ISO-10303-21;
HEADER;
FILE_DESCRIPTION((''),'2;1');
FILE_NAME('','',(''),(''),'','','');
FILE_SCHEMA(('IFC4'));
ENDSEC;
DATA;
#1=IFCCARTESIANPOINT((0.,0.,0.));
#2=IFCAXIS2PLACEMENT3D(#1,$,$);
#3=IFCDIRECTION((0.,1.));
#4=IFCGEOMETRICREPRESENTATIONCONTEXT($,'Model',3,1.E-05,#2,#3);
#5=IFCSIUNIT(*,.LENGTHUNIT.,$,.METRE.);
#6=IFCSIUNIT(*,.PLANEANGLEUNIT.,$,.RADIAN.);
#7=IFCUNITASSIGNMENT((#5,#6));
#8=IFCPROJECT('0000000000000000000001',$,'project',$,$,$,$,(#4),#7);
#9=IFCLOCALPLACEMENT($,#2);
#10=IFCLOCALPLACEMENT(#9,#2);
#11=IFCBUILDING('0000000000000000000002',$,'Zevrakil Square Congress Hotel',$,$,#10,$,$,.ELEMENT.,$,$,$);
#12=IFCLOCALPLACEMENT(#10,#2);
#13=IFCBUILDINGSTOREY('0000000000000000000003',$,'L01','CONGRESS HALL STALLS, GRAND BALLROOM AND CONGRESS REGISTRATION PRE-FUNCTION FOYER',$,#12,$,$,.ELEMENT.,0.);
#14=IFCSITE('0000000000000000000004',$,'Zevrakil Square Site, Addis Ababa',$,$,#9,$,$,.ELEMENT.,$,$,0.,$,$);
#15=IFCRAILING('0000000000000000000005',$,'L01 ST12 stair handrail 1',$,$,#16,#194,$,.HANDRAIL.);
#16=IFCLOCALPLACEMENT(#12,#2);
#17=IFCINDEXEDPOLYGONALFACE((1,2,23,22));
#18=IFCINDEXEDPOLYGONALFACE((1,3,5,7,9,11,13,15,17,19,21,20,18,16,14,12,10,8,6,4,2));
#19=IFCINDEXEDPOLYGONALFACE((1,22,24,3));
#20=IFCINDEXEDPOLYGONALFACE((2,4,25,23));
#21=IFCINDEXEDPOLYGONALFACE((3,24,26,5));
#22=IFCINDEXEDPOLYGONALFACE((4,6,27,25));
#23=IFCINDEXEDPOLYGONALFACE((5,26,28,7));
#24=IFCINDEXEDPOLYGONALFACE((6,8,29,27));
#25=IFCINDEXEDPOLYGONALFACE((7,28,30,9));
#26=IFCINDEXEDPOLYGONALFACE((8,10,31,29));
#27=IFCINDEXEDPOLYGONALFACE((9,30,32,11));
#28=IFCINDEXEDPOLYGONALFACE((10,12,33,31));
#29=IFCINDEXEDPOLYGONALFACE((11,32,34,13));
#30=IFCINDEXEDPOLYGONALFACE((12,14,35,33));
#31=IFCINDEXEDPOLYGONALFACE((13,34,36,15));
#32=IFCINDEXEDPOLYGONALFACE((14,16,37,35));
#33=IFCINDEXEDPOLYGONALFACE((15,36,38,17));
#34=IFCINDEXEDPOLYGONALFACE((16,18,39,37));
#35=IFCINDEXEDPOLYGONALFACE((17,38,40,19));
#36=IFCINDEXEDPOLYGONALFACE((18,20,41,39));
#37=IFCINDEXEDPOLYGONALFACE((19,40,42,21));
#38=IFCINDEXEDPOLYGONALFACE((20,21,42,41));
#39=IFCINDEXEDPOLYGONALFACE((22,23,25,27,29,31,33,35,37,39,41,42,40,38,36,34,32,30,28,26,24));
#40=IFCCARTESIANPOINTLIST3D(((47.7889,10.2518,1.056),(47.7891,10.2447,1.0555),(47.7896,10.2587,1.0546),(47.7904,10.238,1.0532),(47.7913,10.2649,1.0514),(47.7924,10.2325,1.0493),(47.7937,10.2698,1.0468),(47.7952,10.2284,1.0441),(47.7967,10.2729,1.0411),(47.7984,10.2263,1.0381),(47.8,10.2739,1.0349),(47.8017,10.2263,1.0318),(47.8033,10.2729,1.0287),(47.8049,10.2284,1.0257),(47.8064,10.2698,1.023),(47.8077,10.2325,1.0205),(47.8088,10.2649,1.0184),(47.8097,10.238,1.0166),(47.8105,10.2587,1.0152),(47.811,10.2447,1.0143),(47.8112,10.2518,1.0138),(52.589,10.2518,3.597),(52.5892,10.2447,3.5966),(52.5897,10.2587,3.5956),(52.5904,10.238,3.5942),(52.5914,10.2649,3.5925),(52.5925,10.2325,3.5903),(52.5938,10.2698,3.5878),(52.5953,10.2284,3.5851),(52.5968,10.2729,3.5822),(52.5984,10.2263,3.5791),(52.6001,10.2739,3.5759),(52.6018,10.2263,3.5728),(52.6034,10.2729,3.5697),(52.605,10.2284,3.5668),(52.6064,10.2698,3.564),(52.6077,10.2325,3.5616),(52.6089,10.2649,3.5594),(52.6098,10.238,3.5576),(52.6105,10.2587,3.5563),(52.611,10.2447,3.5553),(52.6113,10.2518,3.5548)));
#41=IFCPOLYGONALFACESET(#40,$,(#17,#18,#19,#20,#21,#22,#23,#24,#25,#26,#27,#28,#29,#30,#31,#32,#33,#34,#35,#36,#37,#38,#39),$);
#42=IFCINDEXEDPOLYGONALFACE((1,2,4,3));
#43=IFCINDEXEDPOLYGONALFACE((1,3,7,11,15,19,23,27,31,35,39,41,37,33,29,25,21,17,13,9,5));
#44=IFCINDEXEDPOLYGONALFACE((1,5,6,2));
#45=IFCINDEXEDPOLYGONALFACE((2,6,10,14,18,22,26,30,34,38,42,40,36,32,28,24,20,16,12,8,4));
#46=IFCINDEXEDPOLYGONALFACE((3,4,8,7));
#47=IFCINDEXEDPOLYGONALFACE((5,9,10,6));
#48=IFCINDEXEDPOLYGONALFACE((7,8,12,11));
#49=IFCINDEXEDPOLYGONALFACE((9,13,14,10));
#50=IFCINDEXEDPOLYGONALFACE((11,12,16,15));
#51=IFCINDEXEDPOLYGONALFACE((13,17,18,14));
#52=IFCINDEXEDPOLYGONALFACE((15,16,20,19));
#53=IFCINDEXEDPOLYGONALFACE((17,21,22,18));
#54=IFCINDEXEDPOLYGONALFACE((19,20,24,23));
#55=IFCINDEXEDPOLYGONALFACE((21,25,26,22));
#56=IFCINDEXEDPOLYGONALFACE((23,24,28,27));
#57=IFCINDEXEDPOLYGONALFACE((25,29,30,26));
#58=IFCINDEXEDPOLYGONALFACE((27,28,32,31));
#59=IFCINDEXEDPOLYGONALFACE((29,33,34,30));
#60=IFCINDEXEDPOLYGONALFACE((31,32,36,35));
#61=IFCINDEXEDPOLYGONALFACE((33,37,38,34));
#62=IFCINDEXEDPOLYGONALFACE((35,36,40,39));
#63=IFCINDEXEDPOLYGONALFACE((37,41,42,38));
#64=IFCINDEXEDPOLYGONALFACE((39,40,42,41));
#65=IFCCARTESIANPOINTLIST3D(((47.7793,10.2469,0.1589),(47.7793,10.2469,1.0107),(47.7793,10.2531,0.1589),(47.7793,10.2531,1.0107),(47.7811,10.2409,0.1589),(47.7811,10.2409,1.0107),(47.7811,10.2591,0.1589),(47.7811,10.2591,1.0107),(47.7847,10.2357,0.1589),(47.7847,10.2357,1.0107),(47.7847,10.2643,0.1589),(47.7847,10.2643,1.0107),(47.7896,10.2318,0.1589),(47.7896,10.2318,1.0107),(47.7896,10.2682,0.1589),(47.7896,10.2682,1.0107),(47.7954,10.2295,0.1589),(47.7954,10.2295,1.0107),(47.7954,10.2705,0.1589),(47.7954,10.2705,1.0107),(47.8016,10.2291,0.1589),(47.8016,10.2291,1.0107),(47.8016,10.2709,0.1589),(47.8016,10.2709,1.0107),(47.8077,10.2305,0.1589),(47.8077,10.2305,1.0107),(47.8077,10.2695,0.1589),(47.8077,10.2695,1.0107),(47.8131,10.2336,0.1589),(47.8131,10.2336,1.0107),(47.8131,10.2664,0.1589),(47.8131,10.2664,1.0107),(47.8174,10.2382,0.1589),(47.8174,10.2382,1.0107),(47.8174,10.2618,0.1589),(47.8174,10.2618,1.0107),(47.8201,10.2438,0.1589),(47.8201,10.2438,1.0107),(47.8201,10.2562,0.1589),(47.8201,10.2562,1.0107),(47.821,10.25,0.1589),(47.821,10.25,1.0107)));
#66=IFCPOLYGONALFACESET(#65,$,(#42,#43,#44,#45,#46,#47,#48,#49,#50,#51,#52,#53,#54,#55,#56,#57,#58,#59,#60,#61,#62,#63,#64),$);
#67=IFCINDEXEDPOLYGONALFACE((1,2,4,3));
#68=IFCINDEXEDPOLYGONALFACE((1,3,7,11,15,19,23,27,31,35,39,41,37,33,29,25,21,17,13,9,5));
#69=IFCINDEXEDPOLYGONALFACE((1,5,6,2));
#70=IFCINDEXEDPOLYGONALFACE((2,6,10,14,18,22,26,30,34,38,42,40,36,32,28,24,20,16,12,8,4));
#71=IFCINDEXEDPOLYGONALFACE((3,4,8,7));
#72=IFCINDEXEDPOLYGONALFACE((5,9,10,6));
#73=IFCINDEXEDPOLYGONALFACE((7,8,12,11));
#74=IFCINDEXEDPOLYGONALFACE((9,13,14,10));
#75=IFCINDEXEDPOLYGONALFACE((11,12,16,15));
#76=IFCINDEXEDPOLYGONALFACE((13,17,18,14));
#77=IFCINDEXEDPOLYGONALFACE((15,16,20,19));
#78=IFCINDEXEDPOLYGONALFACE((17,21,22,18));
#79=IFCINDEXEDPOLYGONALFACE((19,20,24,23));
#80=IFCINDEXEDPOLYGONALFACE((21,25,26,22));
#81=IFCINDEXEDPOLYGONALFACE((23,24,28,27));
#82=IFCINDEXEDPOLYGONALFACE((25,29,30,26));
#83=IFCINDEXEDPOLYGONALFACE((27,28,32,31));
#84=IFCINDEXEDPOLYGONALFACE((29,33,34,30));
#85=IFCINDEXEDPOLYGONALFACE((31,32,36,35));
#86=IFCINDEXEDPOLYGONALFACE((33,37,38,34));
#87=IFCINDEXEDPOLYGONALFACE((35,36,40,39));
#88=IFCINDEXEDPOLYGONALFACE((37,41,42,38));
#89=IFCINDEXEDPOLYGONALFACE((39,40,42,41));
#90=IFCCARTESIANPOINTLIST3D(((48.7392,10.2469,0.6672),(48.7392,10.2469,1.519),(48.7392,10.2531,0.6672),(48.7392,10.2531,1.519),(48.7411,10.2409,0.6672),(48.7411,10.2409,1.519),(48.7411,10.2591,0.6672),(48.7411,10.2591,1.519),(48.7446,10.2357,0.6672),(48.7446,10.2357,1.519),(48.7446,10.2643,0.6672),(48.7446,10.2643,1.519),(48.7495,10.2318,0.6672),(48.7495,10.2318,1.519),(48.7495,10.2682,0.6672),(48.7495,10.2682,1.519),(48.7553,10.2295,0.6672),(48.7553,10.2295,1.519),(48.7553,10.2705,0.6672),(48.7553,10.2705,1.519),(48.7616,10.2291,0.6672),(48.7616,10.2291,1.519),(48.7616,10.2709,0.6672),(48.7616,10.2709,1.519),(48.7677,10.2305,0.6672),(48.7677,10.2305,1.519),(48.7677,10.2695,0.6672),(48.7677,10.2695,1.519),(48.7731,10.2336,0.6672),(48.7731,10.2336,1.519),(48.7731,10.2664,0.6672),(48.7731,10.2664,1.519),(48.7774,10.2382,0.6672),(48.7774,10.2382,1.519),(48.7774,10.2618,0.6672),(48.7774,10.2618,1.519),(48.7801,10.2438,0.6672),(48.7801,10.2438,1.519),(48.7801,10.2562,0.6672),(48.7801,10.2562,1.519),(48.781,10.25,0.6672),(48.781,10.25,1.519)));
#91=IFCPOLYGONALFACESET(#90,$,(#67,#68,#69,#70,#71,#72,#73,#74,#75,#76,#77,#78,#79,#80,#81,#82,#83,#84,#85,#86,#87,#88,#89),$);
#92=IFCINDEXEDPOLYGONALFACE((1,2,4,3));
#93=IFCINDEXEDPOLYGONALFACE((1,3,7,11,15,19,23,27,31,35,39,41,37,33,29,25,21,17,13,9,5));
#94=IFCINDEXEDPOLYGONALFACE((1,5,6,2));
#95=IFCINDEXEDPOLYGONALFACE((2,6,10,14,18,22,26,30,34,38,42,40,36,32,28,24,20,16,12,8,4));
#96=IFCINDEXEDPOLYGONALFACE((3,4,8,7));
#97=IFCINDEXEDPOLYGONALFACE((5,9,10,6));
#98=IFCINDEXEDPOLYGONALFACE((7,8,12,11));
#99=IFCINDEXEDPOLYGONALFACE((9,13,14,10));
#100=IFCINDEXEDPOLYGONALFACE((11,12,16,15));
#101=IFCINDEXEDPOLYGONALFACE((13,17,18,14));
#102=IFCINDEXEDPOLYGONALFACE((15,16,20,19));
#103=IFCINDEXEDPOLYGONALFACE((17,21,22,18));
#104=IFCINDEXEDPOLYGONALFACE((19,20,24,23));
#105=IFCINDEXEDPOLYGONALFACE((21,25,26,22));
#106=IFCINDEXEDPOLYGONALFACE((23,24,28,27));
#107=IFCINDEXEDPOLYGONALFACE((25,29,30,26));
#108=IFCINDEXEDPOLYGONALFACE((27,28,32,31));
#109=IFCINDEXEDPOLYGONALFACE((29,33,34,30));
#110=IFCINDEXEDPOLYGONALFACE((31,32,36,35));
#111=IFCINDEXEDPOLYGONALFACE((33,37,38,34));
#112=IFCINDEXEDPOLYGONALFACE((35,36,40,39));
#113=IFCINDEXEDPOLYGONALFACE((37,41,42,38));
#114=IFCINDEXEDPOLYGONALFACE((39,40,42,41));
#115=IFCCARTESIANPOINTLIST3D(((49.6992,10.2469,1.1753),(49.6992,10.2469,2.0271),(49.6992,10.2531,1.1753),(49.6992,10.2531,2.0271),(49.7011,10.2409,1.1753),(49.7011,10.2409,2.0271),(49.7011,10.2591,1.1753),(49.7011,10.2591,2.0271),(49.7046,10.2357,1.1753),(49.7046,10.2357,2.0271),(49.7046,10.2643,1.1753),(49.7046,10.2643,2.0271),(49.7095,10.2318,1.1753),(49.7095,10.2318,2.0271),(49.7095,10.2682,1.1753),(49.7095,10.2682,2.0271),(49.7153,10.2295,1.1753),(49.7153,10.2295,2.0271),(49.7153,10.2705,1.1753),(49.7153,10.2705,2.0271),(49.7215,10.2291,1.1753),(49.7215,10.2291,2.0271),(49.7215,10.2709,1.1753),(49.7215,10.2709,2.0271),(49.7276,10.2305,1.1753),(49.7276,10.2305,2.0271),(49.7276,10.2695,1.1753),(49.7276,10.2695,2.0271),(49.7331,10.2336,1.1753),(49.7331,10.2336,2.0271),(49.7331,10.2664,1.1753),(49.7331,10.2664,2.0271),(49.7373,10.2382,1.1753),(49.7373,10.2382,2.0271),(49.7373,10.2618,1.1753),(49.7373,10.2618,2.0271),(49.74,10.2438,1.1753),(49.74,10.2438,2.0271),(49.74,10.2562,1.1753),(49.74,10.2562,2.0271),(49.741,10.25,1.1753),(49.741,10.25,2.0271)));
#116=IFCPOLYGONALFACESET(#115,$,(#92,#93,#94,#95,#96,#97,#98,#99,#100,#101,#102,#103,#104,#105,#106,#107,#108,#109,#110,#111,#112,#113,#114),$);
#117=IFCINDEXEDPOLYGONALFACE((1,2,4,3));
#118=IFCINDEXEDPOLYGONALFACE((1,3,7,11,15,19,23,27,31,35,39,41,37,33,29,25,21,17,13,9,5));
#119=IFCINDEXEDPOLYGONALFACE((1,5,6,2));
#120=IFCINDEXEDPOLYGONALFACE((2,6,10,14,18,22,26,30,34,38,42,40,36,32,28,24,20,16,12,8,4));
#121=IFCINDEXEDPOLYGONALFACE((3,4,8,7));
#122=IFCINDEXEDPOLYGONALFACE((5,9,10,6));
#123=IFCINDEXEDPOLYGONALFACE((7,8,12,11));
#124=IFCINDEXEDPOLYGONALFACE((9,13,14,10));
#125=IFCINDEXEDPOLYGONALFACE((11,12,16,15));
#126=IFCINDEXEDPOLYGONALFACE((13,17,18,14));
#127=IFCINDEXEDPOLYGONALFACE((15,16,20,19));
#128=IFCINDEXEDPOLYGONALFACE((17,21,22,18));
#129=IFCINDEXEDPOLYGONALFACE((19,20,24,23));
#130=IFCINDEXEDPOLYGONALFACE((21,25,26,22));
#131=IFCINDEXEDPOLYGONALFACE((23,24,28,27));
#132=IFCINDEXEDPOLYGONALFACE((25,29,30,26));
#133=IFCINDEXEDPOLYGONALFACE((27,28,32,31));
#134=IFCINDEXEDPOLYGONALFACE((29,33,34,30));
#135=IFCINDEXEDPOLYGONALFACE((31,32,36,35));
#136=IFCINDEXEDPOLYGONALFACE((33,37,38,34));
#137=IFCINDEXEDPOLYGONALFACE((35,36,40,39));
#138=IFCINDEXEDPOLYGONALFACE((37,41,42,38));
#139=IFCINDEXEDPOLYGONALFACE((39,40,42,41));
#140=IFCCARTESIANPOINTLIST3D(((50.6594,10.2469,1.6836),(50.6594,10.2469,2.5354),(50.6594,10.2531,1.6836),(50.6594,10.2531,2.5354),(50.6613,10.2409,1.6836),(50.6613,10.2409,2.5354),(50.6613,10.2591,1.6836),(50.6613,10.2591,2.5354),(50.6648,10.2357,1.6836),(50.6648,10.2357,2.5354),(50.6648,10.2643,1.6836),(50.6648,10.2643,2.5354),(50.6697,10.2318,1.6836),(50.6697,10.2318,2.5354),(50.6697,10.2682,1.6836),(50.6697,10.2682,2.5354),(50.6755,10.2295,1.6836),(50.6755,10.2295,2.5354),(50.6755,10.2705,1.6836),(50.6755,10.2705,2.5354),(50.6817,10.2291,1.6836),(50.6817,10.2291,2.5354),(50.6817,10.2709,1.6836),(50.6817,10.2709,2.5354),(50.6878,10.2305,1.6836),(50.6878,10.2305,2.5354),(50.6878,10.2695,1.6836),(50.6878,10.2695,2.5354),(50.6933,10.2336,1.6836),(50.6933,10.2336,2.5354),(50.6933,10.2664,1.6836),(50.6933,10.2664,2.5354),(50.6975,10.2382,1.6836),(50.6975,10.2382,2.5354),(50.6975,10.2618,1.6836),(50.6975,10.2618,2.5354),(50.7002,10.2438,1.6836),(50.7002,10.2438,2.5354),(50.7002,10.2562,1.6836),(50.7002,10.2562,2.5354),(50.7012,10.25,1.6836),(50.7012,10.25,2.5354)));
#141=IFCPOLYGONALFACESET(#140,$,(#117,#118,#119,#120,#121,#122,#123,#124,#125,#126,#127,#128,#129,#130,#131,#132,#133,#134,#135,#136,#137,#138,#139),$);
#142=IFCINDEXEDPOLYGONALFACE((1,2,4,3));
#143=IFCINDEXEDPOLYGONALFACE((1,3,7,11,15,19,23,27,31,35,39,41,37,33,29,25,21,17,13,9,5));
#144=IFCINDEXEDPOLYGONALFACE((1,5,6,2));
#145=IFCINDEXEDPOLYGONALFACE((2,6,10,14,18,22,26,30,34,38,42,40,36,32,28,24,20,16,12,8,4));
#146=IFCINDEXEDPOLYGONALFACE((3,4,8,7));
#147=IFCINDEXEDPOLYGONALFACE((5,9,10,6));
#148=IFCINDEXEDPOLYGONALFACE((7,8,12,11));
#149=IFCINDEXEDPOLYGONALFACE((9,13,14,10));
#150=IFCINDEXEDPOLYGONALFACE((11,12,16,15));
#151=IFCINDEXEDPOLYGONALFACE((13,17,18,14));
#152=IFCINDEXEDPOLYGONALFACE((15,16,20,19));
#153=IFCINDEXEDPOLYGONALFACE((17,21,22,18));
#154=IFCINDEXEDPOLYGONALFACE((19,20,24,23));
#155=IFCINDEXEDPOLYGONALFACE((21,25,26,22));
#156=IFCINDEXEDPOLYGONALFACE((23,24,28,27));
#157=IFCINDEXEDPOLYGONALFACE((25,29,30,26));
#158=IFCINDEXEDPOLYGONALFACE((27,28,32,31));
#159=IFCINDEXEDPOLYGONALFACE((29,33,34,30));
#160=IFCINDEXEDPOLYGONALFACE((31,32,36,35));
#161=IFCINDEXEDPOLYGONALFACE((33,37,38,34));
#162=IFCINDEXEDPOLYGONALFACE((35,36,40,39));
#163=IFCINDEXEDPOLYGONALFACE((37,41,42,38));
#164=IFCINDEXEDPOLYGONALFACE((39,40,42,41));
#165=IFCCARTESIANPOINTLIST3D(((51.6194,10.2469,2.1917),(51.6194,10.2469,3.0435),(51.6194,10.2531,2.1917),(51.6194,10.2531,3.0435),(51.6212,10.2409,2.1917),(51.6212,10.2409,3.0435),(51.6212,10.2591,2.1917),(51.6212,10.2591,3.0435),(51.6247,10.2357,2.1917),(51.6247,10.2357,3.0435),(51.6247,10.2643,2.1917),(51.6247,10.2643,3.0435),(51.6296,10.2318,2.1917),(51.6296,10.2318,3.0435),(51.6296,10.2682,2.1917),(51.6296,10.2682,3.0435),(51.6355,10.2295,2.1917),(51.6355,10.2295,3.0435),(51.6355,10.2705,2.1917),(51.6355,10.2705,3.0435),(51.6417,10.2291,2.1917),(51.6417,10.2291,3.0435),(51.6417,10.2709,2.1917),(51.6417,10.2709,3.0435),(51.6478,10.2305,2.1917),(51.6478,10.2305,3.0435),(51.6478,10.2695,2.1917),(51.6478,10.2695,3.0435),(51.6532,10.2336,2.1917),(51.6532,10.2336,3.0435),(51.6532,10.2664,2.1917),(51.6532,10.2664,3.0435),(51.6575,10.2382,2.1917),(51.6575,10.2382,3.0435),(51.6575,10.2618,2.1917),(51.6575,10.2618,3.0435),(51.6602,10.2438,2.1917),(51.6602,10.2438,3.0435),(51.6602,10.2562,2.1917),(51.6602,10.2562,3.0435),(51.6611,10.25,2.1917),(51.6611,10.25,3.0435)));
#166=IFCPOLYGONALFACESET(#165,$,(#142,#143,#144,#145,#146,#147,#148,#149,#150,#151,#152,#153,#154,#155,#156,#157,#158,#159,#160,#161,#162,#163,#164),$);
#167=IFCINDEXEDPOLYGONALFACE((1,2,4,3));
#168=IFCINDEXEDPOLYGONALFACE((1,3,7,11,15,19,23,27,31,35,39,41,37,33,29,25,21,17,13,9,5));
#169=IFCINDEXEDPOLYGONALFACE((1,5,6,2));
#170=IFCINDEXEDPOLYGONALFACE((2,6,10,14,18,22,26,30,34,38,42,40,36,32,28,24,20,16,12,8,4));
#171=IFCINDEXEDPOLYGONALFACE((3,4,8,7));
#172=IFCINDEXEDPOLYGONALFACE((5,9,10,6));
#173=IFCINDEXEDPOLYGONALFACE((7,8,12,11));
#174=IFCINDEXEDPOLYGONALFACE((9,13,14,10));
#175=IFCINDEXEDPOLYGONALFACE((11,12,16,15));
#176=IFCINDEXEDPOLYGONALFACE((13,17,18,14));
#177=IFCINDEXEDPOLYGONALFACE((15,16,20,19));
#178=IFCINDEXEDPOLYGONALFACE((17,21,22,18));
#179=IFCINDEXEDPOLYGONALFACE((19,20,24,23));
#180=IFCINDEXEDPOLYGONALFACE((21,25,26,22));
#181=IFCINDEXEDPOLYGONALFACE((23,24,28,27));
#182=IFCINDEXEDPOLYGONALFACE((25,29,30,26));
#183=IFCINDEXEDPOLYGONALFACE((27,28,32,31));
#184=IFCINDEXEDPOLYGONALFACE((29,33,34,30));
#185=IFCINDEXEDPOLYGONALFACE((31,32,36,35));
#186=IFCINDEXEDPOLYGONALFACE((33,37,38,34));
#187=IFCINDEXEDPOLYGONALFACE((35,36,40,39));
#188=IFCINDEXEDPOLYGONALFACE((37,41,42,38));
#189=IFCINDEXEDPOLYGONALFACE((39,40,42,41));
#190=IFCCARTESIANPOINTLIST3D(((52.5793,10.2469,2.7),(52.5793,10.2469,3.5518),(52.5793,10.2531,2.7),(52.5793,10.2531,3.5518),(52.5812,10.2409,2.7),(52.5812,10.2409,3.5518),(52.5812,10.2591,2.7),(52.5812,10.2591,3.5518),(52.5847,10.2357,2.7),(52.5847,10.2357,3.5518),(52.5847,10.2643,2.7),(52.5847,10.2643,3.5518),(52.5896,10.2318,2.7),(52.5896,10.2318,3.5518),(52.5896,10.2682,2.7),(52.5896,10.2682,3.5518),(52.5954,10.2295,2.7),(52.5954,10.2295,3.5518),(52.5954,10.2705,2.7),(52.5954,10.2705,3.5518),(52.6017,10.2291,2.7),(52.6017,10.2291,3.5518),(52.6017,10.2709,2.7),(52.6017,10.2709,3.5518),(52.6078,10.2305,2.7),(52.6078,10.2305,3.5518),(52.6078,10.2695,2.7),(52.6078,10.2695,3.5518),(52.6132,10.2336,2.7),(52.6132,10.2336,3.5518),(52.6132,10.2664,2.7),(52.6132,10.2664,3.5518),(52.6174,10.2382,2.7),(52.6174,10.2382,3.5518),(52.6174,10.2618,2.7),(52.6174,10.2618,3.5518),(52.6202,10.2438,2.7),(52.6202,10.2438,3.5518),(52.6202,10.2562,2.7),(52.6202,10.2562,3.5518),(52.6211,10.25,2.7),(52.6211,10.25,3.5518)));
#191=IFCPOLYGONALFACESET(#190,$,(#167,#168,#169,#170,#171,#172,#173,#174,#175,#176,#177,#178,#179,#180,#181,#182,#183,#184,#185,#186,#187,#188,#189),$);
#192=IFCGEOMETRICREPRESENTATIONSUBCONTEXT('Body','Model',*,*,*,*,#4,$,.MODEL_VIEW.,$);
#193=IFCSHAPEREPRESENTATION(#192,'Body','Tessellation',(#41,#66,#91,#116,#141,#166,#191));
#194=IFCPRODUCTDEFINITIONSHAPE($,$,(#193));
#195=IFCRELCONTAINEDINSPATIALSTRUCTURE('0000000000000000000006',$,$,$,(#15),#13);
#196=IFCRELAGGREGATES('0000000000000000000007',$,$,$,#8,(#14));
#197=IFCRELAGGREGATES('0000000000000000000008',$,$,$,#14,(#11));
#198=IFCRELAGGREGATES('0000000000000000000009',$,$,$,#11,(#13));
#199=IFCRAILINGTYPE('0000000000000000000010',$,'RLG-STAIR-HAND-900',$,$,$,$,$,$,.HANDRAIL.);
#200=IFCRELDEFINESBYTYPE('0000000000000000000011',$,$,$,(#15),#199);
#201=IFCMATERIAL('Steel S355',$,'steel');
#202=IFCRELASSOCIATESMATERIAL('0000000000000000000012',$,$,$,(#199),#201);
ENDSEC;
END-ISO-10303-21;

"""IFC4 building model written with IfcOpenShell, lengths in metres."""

from ifc_helpers import new_model, si_unit, direction, frame, origin, origin_2d, place, context, subcontext, project, spatial, circle, extrude, material, type_object, element, save


model = new_model("IFC4")

# Units and contexts
model_context = context("Model", 3, precision=1e-05, world=origin(), true_north=direction((0.0, 1.0)))
body_context = subcontext(model_context, "Body", "Model", "MODEL_VIEW")
ifc_project = project(units=[si_unit("LENGTHUNIT", "METRE"), si_unit("PLANEANGLEUNIT", "RADIAN")], contexts=[model_context])

# Site, building, storey
site_placement = place(None, origin())
site = spatial("IfcSite", under=ifc_project, at=site_placement, Name="Zevrakil Square Site, Addis Ababa", CompositionType="ELEMENT", RefElevation=0.0)
building_placement = place(site_placement, origin())
building = spatial("IfcBuilding", under=site, at=building_placement, Name="Zevrakil Square Congress Hotel", CompositionType="ELEMENT")
storey_placement = place(building_placement, origin())
storey = spatial("IfcBuildingStorey", under=building, at=storey_placement, Name="L01", Description="CONGRESS HALL STALLS, GRAND BALLROOM AND CONGRESS REGISTRATION PRE-FUNCTION FOYER", CompositionType="ELEMENT", Elevation=0.0)

# Railing
ifc_material_1 = material(Name="Steel S355", Category="steel")
railing_type_1 = type_object("IfcRailingType", Name="RLG-STAIR-HAND-900", PredefinedType="HANDRAIL", material=ifc_material_1)
railing_1_placement = place(storey_placement, frame((47.8, 10.25, 0.1589)))
element("IfcRailing", 1, at=railing_1_placement, inside=storey, type_object=railing_type_1, Name="L01 ST12 stair handrail 1", PredefinedType="HANDRAIL", context=body_context, shape_type="SweptSolid", body=[
    extrude(circle(Radius=0.0239, at=origin_2d()), frame((0.0, 0.0, 0.876), z_axis=(0.883802, 0.0, 0.467861), x_axis=(0.0, 1.0, 0.0)), (0.0, 0.0, 1.0), 5.4312),
    extrude(circle(Radius=0.021, at=origin_2d()), origin(), (0.0, 0.0, 1.0), 0.8518),
    extrude(circle(Radius=0.021, at=origin_2d()), frame((0.96, 0.0, 0.5083)), (0.0, 0.0, 1.0), 0.8518),
    extrude(circle(Radius=0.021, at=origin_2d()), frame((1.9199, 0.0, 1.0164)), (0.0, 0.0, 1.0), 0.8518),
    extrude(circle(Radius=0.021, at=origin_2d()), frame((2.8801, 0.0, 1.5247)), (0.0, 0.0, 1.0), 0.8518),
    extrude(circle(Radius=0.021, at=origin_2d()), frame((3.8401, 0.0, 2.0327)), (0.0, 0.0, 1.0), 0.8518),
    extrude(circle(Radius=0.021, at=origin_2d()), frame((4.8, 0.0, 2.541)), (0.0, 0.0, 1.0), 0.8518),
])

save(model, "model.ifc")
